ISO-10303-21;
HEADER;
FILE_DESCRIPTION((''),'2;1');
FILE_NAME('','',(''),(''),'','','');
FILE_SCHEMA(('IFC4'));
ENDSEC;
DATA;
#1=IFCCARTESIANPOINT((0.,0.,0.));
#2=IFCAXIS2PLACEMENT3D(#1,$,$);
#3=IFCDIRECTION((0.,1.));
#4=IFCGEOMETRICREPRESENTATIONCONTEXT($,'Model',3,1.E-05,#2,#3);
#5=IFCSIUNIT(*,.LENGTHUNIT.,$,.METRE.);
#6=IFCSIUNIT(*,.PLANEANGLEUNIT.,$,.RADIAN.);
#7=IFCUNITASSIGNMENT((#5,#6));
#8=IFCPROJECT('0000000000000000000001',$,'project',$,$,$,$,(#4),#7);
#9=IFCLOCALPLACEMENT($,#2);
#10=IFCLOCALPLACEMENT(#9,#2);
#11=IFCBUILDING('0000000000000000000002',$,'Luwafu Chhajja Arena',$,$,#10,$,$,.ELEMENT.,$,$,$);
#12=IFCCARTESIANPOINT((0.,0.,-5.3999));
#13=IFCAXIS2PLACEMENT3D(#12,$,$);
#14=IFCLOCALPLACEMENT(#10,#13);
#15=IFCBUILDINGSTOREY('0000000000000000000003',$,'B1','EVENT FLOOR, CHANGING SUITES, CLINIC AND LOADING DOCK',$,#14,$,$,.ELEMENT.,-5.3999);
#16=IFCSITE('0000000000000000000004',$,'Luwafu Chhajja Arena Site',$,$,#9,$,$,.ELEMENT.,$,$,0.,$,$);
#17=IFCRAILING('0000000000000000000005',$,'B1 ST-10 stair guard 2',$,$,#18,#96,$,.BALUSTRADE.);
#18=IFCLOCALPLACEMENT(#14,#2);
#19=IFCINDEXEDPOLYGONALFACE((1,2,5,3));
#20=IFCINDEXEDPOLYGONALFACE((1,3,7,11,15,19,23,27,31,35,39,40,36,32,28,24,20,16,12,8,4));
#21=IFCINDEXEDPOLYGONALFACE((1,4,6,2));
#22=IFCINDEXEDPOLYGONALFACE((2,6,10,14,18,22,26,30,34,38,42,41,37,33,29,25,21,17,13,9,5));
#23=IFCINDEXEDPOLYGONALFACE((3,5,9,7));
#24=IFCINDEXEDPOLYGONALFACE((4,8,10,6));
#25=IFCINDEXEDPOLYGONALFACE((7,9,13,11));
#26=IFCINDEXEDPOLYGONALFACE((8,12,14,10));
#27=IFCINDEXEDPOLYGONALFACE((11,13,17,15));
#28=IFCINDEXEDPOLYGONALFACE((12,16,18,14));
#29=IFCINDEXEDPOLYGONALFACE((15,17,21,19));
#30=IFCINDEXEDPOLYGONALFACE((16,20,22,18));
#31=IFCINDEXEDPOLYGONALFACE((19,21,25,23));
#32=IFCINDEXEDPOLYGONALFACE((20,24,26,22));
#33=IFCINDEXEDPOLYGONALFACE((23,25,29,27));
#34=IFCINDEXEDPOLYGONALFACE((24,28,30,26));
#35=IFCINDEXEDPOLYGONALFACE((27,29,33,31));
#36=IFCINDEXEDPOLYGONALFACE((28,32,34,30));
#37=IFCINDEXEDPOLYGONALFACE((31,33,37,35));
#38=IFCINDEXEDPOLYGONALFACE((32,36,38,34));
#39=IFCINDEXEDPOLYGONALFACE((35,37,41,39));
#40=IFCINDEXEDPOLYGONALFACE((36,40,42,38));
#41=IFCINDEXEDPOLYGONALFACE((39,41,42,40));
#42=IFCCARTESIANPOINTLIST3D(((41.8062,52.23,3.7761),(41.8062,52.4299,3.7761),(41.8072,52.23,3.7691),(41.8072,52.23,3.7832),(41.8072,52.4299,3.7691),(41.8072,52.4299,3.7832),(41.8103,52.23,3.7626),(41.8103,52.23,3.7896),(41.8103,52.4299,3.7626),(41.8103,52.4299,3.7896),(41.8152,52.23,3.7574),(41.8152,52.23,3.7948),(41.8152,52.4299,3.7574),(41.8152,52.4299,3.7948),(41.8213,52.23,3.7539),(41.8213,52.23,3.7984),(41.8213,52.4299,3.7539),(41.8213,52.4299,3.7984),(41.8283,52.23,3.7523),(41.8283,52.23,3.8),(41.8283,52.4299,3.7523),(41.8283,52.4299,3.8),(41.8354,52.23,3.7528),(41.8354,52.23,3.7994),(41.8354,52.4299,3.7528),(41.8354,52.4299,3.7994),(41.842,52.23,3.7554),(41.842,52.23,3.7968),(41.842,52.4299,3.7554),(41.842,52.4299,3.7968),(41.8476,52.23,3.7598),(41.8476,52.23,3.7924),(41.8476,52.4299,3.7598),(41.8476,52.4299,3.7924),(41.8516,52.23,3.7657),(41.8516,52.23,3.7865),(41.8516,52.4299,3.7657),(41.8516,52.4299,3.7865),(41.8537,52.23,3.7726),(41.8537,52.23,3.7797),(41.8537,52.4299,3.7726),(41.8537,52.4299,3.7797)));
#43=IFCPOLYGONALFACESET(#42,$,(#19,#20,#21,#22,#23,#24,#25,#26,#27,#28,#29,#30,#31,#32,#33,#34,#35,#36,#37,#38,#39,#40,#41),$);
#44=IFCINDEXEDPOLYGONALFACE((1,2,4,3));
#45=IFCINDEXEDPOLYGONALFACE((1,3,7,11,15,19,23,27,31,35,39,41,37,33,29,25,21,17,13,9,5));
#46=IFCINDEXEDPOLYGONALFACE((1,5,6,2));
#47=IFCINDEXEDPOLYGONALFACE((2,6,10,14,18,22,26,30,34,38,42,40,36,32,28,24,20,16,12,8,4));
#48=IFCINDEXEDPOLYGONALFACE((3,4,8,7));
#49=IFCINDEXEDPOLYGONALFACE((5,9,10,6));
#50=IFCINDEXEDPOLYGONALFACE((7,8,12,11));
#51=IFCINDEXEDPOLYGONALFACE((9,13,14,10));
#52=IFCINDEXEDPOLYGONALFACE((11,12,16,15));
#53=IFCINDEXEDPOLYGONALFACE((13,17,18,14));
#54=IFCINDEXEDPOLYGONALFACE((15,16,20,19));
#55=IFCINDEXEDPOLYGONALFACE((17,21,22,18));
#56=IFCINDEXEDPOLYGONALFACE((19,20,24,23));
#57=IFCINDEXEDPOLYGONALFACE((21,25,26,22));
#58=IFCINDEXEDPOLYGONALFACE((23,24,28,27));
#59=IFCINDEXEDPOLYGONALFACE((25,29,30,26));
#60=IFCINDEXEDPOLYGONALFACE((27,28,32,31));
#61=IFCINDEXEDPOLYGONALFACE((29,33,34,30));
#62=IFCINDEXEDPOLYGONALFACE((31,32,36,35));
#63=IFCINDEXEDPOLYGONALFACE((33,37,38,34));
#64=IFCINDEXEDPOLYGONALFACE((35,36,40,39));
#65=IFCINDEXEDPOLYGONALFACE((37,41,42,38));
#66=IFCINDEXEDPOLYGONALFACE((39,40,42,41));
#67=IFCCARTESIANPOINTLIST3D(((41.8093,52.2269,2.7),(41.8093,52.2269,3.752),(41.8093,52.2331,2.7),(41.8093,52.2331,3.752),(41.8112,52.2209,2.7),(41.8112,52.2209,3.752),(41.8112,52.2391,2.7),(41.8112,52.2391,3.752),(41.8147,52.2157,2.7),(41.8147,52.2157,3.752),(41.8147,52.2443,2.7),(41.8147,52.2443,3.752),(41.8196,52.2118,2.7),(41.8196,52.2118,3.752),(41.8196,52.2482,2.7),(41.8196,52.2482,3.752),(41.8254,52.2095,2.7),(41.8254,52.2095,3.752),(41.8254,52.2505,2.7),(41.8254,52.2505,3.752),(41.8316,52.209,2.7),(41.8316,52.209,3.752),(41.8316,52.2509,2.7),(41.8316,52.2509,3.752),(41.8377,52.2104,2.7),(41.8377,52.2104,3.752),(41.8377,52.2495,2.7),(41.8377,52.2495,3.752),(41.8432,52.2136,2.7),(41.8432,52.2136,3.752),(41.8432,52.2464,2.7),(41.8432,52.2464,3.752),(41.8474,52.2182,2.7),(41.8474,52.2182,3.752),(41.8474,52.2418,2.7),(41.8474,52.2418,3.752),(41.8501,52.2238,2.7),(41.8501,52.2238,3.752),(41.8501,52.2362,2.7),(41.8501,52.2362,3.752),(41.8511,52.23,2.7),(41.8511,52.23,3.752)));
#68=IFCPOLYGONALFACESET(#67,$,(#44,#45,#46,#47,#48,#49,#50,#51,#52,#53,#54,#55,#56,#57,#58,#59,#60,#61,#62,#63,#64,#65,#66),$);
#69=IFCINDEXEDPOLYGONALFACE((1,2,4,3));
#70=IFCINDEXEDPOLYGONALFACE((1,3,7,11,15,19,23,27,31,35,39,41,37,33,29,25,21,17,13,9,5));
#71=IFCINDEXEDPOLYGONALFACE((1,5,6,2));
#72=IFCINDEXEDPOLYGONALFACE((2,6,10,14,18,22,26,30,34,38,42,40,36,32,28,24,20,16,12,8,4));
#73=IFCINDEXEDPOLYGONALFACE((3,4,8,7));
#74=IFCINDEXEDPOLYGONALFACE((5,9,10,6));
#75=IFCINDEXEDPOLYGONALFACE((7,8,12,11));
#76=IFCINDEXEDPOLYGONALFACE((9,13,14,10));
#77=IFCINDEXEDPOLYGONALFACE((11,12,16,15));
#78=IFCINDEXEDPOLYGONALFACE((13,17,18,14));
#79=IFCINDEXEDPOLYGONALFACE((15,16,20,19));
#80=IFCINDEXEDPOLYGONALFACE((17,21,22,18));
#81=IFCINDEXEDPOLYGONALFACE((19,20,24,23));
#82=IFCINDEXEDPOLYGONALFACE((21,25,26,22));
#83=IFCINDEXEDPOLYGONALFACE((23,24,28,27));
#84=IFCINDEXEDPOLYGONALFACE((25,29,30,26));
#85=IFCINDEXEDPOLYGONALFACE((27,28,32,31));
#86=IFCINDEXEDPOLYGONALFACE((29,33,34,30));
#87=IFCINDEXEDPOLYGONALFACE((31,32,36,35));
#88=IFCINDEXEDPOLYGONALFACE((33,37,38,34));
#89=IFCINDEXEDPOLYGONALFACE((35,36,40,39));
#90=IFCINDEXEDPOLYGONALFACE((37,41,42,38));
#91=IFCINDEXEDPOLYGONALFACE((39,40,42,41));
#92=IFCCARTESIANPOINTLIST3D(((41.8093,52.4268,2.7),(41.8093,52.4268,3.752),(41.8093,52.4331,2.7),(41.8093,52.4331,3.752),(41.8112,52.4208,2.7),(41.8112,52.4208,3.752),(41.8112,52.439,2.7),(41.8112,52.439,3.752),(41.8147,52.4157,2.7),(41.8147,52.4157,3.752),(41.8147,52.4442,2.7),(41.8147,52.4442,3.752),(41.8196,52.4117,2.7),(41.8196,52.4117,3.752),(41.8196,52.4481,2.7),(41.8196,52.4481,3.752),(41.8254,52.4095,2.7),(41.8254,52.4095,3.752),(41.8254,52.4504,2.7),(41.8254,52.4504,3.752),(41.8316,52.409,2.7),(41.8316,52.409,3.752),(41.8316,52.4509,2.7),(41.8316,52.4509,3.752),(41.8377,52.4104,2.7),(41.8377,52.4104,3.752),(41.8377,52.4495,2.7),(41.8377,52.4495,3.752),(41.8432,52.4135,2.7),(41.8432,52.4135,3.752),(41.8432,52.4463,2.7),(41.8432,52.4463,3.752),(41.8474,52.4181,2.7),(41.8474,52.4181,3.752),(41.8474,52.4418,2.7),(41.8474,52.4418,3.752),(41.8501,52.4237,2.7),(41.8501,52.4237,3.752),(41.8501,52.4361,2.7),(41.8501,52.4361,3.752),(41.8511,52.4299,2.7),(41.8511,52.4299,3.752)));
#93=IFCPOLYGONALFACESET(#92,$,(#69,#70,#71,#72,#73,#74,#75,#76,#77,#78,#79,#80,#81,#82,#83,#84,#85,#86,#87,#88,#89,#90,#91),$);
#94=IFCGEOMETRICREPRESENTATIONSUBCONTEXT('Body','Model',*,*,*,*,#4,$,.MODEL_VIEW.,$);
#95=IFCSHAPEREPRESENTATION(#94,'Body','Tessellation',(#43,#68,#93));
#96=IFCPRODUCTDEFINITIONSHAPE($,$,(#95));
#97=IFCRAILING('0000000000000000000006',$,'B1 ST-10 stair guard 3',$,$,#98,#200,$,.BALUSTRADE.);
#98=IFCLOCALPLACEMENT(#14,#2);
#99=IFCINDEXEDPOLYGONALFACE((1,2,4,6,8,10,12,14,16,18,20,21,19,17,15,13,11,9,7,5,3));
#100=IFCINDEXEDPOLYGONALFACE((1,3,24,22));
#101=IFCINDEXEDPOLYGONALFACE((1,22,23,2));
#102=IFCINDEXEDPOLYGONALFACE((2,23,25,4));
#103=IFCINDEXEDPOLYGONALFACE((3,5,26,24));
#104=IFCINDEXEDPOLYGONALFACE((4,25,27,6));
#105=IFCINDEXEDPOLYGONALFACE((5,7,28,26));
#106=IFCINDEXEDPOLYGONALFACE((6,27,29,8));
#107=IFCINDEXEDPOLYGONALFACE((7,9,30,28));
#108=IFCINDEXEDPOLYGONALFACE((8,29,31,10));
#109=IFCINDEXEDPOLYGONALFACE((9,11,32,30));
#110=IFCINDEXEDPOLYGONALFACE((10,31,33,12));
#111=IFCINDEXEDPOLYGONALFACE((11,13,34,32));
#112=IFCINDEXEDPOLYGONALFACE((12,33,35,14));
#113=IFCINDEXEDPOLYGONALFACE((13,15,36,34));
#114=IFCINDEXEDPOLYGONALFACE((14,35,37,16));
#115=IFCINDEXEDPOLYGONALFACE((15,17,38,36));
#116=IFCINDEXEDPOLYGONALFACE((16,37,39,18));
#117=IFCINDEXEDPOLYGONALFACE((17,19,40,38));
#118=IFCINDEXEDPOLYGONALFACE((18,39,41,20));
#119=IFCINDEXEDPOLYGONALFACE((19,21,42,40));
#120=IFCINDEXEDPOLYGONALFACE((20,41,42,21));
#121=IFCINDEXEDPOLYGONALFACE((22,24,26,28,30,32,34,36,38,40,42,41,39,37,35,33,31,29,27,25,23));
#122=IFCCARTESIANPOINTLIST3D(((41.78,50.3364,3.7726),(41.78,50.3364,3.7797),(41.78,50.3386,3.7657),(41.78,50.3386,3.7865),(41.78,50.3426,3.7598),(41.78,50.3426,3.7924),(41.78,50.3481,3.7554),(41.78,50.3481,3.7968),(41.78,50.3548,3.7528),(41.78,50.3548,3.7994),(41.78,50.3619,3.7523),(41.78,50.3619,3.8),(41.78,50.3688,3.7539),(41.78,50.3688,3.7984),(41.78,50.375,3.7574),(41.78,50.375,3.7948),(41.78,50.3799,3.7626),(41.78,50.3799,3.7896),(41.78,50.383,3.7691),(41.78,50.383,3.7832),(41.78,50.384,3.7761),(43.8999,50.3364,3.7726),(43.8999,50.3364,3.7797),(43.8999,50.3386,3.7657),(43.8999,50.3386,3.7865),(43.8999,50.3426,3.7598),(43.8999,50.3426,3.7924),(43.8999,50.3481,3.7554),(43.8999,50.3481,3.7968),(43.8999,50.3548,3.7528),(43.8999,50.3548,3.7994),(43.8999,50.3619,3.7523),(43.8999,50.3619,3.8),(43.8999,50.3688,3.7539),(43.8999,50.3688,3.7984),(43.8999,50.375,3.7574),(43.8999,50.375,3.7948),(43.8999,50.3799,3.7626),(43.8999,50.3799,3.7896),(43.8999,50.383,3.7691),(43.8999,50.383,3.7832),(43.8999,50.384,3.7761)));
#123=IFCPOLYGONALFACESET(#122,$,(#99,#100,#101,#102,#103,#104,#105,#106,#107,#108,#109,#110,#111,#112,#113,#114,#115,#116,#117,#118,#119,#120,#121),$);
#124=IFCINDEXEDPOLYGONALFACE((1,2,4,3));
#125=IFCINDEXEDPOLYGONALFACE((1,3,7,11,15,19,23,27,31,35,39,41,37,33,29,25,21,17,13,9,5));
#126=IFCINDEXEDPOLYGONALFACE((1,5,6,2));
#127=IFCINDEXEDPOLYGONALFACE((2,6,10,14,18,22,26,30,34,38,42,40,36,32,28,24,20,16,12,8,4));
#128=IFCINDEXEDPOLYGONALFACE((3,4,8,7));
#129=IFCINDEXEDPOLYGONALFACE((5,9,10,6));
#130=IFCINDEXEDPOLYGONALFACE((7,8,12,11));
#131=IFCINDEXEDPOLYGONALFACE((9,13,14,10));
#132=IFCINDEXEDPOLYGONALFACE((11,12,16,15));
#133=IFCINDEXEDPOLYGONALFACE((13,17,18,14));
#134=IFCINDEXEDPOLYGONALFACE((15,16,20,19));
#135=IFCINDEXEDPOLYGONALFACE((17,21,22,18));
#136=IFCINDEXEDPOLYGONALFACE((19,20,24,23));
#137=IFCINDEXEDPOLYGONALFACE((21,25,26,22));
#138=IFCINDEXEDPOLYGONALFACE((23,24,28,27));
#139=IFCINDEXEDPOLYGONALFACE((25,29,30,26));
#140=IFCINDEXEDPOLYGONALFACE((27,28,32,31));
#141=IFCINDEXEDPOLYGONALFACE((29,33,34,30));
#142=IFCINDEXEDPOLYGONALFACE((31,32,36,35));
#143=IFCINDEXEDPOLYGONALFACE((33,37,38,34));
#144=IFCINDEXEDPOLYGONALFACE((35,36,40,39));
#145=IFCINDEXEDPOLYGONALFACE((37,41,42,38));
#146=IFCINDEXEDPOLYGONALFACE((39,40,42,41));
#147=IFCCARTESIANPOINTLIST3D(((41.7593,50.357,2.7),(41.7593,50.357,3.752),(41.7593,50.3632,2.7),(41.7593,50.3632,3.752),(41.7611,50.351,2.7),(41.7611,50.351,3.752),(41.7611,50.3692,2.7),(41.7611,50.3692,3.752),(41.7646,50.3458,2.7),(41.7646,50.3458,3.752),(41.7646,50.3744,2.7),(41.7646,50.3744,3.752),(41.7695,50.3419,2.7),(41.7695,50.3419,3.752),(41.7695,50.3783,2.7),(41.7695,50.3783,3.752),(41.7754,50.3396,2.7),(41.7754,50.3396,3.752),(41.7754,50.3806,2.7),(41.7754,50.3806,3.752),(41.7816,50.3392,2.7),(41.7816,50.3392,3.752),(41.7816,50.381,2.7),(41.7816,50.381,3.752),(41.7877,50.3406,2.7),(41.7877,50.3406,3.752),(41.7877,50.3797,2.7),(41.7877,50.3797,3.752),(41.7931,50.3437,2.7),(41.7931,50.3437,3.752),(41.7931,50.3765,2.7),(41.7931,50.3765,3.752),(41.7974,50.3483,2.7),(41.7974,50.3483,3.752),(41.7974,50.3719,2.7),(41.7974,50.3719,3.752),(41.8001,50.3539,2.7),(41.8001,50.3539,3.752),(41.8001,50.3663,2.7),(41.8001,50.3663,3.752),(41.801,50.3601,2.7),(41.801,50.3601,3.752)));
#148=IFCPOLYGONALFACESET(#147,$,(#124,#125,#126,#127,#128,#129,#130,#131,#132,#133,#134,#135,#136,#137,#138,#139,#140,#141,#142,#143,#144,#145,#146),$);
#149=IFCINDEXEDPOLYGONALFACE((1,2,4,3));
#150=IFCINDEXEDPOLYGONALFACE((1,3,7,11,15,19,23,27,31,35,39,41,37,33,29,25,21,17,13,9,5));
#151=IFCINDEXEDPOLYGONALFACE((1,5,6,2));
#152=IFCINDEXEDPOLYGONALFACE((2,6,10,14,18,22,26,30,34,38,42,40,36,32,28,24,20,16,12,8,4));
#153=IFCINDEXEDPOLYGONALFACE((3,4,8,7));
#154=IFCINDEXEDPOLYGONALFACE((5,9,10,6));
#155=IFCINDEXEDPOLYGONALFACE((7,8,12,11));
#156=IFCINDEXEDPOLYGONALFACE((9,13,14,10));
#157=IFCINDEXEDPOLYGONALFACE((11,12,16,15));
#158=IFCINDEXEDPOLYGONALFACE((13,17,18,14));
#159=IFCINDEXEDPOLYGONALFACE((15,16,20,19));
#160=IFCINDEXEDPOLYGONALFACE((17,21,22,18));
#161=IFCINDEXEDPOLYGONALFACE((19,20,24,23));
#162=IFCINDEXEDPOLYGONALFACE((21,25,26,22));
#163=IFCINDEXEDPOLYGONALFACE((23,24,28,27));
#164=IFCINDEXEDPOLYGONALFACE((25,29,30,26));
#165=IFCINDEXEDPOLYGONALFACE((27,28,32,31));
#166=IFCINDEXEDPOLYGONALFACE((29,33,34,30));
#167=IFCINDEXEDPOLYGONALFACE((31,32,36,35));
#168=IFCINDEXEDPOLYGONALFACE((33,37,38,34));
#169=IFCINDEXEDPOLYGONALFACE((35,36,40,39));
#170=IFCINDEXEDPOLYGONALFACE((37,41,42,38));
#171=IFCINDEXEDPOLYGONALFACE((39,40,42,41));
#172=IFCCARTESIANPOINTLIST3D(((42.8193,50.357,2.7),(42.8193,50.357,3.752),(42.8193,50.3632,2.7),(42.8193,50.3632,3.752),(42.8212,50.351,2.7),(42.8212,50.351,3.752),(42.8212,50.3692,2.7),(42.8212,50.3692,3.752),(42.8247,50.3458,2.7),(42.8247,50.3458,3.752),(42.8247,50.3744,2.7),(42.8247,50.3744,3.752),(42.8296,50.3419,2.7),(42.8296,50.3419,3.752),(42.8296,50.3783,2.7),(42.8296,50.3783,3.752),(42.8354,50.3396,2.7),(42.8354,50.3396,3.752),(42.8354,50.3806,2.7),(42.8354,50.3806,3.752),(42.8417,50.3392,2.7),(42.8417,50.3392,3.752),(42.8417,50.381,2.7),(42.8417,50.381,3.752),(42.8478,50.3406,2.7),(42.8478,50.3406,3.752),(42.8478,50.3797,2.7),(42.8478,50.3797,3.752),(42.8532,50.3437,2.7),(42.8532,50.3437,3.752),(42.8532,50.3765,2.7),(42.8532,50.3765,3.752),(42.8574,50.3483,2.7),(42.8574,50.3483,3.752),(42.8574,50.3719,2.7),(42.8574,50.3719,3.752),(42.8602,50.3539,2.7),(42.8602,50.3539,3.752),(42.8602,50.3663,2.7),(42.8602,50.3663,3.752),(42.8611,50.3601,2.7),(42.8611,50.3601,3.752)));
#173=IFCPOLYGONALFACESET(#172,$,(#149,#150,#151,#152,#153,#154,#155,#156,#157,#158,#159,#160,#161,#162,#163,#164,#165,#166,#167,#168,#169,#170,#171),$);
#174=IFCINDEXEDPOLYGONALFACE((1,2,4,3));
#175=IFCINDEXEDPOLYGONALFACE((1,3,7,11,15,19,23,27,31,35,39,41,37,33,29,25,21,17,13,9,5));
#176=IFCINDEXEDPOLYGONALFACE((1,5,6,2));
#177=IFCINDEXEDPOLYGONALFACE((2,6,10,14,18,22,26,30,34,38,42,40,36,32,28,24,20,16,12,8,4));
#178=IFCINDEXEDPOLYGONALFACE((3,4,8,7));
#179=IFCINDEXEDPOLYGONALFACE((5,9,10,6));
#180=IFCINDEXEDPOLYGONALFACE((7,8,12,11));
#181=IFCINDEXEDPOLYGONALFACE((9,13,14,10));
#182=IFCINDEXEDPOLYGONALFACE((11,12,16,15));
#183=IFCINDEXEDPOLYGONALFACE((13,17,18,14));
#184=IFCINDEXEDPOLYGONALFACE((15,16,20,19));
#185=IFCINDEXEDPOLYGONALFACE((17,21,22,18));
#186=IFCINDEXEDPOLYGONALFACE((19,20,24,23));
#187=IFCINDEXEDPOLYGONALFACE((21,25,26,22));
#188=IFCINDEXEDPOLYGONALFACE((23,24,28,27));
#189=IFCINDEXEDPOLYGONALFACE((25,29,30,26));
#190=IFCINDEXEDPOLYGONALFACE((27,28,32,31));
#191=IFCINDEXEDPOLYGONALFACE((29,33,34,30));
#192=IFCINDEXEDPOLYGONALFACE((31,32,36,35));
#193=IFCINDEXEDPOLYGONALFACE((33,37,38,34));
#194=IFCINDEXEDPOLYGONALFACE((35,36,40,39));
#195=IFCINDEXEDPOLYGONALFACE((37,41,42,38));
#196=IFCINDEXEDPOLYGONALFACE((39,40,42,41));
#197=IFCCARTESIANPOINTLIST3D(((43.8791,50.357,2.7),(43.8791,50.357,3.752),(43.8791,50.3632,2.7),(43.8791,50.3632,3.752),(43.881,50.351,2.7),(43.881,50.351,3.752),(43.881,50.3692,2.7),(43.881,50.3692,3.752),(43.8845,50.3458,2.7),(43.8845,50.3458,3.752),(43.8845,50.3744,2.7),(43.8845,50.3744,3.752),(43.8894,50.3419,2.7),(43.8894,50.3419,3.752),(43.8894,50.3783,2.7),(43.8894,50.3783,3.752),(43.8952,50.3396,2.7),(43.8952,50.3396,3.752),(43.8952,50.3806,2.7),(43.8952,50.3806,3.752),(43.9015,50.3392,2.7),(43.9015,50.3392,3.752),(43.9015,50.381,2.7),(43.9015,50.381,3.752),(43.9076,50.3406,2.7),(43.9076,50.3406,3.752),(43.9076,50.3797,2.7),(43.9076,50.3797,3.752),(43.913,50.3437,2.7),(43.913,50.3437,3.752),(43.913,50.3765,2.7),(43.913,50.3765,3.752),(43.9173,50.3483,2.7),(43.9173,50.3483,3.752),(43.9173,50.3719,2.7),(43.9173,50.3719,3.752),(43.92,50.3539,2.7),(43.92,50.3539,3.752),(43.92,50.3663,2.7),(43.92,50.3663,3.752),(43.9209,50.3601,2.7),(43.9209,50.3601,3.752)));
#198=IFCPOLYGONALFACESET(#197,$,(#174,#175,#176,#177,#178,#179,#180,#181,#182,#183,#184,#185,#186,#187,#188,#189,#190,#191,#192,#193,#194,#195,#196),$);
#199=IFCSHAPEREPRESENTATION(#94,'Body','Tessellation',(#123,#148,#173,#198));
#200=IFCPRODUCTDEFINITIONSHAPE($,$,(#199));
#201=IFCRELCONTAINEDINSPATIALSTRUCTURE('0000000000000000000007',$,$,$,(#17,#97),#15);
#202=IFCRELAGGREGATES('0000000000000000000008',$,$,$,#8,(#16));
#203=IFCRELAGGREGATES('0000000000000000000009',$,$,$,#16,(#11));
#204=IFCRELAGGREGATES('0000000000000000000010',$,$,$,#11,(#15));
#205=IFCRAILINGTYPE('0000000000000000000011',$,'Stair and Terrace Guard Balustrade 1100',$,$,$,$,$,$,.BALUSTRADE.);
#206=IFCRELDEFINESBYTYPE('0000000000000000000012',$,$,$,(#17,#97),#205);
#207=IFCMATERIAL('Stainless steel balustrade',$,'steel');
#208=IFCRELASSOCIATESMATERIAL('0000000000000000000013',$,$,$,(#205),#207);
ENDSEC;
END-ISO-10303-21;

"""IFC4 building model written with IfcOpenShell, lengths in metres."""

from ifc_helpers import new_model, si_unit, direction, frame, origin, origin_2d, place, context, subcontext, project, spatial, circle, extrude, material, type_object, element, save


model = new_model("IFC4")

# Units and contexts
model_context = context("Model", 3, precision=1e-05, world=origin(), true_north=direction((0.0, 1.0)))
body_context = subcontext(model_context, "Body", "Model", "MODEL_VIEW")
ifc_project = project(units=[si_unit("LENGTHUNIT", "METRE"), si_unit("PLANEANGLEUNIT", "RADIAN")], contexts=[model_context])

# Site, building, storey
site_placement = place(None, origin())
site = spatial("IfcSite", under=ifc_project, at=site_placement, Name="Luwafu Chhajja Arena Site", CompositionType="ELEMENT", RefElevation=0.0)
building_placement = place(site_placement, origin())
building = spatial("IfcBuilding", under=site, at=building_placement, Name="Luwafu Chhajja Arena", CompositionType="ELEMENT")
storey_placement = place(building_placement, frame((0.0, 0.0, -5.3999)))
storey = spatial("IfcBuildingStorey", under=building, at=storey_placement, Name="B1", Description="EVENT FLOOR, CHANGING SUITES, CLINIC AND LOADING DOCK", CompositionType="ELEMENT", Elevation=-5.3999)

# Railings
ifc_material_1 = material(Name="Stainless steel balustrade", Category="steel")
railing_type_1 = type_object("IfcRailingType", Name="Stair and Terrace Guard Balustrade 1100", PredefinedType="BALUSTRADE", material=ifc_material_1)
railing_1_placement = place(storey_placement, frame((41.8301, 52.23, 2.7)))
element("IfcRailing", 1, at=railing_1_placement, inside=storey, type_object=railing_type_1, Name="B1 ST-10 stair guard 2", PredefinedType="BALUSTRADE", context=body_context, shape_type="SweptSolid", body=[
    extrude(circle(Radius=0.0239, at=origin_2d()), frame((0.0, 0.0, 1.0762), z_axis=(0.0, 1.0, 0.0), x_axis=(-1.0, 0.0, 0.0)), (0.0, 0.0, 1.0), 0.2),
    extrude(circle(Radius=0.021, at=origin_2d()), origin(), (0.0, 0.0, 1.0), 1.052),
    extrude(circle(Radius=0.021, at=origin_2d()), frame((0.0, 0.2, 0.0)), (0.0, 0.0, 1.0), 1.052),
])
for number, where, name in (
    (2, (41.78, 50.3601, 2.7), "B1 ST-10 stair guard 3"),
):
    element("IfcRailing", number, at=place(storey_placement, frame(where)), inside=storey, type_object=railing_type_1, Name=name, PredefinedType="BALUSTRADE", context=body_context, shape_type="SweptSolid", body=[
        extrude(circle(Radius=0.0239, at=origin_2d()), frame((0.0, 0.0, 1.0762), z_axis=(1.0, 0.0, 0.0), x_axis=(0.0, 1.0, 0.0)), (0.0, 0.0, 1.0), 2.1199),
        extrude(circle(Radius=0.021, at=origin_2d()), origin(), (0.0, 0.0, 1.0), 1.052),
        extrude(circle(Radius=0.021, at=origin_2d()), frame((1.0601, 0.0, 0.0)), (0.0, 0.0, 1.0), 1.052),
        extrude(circle(Radius=0.021, at=origin_2d()), frame((2.1199, 0.0, 0.0)), (0.0, 0.0, 1.0), 1.052),
    ])

save(model, "model.ifc")
